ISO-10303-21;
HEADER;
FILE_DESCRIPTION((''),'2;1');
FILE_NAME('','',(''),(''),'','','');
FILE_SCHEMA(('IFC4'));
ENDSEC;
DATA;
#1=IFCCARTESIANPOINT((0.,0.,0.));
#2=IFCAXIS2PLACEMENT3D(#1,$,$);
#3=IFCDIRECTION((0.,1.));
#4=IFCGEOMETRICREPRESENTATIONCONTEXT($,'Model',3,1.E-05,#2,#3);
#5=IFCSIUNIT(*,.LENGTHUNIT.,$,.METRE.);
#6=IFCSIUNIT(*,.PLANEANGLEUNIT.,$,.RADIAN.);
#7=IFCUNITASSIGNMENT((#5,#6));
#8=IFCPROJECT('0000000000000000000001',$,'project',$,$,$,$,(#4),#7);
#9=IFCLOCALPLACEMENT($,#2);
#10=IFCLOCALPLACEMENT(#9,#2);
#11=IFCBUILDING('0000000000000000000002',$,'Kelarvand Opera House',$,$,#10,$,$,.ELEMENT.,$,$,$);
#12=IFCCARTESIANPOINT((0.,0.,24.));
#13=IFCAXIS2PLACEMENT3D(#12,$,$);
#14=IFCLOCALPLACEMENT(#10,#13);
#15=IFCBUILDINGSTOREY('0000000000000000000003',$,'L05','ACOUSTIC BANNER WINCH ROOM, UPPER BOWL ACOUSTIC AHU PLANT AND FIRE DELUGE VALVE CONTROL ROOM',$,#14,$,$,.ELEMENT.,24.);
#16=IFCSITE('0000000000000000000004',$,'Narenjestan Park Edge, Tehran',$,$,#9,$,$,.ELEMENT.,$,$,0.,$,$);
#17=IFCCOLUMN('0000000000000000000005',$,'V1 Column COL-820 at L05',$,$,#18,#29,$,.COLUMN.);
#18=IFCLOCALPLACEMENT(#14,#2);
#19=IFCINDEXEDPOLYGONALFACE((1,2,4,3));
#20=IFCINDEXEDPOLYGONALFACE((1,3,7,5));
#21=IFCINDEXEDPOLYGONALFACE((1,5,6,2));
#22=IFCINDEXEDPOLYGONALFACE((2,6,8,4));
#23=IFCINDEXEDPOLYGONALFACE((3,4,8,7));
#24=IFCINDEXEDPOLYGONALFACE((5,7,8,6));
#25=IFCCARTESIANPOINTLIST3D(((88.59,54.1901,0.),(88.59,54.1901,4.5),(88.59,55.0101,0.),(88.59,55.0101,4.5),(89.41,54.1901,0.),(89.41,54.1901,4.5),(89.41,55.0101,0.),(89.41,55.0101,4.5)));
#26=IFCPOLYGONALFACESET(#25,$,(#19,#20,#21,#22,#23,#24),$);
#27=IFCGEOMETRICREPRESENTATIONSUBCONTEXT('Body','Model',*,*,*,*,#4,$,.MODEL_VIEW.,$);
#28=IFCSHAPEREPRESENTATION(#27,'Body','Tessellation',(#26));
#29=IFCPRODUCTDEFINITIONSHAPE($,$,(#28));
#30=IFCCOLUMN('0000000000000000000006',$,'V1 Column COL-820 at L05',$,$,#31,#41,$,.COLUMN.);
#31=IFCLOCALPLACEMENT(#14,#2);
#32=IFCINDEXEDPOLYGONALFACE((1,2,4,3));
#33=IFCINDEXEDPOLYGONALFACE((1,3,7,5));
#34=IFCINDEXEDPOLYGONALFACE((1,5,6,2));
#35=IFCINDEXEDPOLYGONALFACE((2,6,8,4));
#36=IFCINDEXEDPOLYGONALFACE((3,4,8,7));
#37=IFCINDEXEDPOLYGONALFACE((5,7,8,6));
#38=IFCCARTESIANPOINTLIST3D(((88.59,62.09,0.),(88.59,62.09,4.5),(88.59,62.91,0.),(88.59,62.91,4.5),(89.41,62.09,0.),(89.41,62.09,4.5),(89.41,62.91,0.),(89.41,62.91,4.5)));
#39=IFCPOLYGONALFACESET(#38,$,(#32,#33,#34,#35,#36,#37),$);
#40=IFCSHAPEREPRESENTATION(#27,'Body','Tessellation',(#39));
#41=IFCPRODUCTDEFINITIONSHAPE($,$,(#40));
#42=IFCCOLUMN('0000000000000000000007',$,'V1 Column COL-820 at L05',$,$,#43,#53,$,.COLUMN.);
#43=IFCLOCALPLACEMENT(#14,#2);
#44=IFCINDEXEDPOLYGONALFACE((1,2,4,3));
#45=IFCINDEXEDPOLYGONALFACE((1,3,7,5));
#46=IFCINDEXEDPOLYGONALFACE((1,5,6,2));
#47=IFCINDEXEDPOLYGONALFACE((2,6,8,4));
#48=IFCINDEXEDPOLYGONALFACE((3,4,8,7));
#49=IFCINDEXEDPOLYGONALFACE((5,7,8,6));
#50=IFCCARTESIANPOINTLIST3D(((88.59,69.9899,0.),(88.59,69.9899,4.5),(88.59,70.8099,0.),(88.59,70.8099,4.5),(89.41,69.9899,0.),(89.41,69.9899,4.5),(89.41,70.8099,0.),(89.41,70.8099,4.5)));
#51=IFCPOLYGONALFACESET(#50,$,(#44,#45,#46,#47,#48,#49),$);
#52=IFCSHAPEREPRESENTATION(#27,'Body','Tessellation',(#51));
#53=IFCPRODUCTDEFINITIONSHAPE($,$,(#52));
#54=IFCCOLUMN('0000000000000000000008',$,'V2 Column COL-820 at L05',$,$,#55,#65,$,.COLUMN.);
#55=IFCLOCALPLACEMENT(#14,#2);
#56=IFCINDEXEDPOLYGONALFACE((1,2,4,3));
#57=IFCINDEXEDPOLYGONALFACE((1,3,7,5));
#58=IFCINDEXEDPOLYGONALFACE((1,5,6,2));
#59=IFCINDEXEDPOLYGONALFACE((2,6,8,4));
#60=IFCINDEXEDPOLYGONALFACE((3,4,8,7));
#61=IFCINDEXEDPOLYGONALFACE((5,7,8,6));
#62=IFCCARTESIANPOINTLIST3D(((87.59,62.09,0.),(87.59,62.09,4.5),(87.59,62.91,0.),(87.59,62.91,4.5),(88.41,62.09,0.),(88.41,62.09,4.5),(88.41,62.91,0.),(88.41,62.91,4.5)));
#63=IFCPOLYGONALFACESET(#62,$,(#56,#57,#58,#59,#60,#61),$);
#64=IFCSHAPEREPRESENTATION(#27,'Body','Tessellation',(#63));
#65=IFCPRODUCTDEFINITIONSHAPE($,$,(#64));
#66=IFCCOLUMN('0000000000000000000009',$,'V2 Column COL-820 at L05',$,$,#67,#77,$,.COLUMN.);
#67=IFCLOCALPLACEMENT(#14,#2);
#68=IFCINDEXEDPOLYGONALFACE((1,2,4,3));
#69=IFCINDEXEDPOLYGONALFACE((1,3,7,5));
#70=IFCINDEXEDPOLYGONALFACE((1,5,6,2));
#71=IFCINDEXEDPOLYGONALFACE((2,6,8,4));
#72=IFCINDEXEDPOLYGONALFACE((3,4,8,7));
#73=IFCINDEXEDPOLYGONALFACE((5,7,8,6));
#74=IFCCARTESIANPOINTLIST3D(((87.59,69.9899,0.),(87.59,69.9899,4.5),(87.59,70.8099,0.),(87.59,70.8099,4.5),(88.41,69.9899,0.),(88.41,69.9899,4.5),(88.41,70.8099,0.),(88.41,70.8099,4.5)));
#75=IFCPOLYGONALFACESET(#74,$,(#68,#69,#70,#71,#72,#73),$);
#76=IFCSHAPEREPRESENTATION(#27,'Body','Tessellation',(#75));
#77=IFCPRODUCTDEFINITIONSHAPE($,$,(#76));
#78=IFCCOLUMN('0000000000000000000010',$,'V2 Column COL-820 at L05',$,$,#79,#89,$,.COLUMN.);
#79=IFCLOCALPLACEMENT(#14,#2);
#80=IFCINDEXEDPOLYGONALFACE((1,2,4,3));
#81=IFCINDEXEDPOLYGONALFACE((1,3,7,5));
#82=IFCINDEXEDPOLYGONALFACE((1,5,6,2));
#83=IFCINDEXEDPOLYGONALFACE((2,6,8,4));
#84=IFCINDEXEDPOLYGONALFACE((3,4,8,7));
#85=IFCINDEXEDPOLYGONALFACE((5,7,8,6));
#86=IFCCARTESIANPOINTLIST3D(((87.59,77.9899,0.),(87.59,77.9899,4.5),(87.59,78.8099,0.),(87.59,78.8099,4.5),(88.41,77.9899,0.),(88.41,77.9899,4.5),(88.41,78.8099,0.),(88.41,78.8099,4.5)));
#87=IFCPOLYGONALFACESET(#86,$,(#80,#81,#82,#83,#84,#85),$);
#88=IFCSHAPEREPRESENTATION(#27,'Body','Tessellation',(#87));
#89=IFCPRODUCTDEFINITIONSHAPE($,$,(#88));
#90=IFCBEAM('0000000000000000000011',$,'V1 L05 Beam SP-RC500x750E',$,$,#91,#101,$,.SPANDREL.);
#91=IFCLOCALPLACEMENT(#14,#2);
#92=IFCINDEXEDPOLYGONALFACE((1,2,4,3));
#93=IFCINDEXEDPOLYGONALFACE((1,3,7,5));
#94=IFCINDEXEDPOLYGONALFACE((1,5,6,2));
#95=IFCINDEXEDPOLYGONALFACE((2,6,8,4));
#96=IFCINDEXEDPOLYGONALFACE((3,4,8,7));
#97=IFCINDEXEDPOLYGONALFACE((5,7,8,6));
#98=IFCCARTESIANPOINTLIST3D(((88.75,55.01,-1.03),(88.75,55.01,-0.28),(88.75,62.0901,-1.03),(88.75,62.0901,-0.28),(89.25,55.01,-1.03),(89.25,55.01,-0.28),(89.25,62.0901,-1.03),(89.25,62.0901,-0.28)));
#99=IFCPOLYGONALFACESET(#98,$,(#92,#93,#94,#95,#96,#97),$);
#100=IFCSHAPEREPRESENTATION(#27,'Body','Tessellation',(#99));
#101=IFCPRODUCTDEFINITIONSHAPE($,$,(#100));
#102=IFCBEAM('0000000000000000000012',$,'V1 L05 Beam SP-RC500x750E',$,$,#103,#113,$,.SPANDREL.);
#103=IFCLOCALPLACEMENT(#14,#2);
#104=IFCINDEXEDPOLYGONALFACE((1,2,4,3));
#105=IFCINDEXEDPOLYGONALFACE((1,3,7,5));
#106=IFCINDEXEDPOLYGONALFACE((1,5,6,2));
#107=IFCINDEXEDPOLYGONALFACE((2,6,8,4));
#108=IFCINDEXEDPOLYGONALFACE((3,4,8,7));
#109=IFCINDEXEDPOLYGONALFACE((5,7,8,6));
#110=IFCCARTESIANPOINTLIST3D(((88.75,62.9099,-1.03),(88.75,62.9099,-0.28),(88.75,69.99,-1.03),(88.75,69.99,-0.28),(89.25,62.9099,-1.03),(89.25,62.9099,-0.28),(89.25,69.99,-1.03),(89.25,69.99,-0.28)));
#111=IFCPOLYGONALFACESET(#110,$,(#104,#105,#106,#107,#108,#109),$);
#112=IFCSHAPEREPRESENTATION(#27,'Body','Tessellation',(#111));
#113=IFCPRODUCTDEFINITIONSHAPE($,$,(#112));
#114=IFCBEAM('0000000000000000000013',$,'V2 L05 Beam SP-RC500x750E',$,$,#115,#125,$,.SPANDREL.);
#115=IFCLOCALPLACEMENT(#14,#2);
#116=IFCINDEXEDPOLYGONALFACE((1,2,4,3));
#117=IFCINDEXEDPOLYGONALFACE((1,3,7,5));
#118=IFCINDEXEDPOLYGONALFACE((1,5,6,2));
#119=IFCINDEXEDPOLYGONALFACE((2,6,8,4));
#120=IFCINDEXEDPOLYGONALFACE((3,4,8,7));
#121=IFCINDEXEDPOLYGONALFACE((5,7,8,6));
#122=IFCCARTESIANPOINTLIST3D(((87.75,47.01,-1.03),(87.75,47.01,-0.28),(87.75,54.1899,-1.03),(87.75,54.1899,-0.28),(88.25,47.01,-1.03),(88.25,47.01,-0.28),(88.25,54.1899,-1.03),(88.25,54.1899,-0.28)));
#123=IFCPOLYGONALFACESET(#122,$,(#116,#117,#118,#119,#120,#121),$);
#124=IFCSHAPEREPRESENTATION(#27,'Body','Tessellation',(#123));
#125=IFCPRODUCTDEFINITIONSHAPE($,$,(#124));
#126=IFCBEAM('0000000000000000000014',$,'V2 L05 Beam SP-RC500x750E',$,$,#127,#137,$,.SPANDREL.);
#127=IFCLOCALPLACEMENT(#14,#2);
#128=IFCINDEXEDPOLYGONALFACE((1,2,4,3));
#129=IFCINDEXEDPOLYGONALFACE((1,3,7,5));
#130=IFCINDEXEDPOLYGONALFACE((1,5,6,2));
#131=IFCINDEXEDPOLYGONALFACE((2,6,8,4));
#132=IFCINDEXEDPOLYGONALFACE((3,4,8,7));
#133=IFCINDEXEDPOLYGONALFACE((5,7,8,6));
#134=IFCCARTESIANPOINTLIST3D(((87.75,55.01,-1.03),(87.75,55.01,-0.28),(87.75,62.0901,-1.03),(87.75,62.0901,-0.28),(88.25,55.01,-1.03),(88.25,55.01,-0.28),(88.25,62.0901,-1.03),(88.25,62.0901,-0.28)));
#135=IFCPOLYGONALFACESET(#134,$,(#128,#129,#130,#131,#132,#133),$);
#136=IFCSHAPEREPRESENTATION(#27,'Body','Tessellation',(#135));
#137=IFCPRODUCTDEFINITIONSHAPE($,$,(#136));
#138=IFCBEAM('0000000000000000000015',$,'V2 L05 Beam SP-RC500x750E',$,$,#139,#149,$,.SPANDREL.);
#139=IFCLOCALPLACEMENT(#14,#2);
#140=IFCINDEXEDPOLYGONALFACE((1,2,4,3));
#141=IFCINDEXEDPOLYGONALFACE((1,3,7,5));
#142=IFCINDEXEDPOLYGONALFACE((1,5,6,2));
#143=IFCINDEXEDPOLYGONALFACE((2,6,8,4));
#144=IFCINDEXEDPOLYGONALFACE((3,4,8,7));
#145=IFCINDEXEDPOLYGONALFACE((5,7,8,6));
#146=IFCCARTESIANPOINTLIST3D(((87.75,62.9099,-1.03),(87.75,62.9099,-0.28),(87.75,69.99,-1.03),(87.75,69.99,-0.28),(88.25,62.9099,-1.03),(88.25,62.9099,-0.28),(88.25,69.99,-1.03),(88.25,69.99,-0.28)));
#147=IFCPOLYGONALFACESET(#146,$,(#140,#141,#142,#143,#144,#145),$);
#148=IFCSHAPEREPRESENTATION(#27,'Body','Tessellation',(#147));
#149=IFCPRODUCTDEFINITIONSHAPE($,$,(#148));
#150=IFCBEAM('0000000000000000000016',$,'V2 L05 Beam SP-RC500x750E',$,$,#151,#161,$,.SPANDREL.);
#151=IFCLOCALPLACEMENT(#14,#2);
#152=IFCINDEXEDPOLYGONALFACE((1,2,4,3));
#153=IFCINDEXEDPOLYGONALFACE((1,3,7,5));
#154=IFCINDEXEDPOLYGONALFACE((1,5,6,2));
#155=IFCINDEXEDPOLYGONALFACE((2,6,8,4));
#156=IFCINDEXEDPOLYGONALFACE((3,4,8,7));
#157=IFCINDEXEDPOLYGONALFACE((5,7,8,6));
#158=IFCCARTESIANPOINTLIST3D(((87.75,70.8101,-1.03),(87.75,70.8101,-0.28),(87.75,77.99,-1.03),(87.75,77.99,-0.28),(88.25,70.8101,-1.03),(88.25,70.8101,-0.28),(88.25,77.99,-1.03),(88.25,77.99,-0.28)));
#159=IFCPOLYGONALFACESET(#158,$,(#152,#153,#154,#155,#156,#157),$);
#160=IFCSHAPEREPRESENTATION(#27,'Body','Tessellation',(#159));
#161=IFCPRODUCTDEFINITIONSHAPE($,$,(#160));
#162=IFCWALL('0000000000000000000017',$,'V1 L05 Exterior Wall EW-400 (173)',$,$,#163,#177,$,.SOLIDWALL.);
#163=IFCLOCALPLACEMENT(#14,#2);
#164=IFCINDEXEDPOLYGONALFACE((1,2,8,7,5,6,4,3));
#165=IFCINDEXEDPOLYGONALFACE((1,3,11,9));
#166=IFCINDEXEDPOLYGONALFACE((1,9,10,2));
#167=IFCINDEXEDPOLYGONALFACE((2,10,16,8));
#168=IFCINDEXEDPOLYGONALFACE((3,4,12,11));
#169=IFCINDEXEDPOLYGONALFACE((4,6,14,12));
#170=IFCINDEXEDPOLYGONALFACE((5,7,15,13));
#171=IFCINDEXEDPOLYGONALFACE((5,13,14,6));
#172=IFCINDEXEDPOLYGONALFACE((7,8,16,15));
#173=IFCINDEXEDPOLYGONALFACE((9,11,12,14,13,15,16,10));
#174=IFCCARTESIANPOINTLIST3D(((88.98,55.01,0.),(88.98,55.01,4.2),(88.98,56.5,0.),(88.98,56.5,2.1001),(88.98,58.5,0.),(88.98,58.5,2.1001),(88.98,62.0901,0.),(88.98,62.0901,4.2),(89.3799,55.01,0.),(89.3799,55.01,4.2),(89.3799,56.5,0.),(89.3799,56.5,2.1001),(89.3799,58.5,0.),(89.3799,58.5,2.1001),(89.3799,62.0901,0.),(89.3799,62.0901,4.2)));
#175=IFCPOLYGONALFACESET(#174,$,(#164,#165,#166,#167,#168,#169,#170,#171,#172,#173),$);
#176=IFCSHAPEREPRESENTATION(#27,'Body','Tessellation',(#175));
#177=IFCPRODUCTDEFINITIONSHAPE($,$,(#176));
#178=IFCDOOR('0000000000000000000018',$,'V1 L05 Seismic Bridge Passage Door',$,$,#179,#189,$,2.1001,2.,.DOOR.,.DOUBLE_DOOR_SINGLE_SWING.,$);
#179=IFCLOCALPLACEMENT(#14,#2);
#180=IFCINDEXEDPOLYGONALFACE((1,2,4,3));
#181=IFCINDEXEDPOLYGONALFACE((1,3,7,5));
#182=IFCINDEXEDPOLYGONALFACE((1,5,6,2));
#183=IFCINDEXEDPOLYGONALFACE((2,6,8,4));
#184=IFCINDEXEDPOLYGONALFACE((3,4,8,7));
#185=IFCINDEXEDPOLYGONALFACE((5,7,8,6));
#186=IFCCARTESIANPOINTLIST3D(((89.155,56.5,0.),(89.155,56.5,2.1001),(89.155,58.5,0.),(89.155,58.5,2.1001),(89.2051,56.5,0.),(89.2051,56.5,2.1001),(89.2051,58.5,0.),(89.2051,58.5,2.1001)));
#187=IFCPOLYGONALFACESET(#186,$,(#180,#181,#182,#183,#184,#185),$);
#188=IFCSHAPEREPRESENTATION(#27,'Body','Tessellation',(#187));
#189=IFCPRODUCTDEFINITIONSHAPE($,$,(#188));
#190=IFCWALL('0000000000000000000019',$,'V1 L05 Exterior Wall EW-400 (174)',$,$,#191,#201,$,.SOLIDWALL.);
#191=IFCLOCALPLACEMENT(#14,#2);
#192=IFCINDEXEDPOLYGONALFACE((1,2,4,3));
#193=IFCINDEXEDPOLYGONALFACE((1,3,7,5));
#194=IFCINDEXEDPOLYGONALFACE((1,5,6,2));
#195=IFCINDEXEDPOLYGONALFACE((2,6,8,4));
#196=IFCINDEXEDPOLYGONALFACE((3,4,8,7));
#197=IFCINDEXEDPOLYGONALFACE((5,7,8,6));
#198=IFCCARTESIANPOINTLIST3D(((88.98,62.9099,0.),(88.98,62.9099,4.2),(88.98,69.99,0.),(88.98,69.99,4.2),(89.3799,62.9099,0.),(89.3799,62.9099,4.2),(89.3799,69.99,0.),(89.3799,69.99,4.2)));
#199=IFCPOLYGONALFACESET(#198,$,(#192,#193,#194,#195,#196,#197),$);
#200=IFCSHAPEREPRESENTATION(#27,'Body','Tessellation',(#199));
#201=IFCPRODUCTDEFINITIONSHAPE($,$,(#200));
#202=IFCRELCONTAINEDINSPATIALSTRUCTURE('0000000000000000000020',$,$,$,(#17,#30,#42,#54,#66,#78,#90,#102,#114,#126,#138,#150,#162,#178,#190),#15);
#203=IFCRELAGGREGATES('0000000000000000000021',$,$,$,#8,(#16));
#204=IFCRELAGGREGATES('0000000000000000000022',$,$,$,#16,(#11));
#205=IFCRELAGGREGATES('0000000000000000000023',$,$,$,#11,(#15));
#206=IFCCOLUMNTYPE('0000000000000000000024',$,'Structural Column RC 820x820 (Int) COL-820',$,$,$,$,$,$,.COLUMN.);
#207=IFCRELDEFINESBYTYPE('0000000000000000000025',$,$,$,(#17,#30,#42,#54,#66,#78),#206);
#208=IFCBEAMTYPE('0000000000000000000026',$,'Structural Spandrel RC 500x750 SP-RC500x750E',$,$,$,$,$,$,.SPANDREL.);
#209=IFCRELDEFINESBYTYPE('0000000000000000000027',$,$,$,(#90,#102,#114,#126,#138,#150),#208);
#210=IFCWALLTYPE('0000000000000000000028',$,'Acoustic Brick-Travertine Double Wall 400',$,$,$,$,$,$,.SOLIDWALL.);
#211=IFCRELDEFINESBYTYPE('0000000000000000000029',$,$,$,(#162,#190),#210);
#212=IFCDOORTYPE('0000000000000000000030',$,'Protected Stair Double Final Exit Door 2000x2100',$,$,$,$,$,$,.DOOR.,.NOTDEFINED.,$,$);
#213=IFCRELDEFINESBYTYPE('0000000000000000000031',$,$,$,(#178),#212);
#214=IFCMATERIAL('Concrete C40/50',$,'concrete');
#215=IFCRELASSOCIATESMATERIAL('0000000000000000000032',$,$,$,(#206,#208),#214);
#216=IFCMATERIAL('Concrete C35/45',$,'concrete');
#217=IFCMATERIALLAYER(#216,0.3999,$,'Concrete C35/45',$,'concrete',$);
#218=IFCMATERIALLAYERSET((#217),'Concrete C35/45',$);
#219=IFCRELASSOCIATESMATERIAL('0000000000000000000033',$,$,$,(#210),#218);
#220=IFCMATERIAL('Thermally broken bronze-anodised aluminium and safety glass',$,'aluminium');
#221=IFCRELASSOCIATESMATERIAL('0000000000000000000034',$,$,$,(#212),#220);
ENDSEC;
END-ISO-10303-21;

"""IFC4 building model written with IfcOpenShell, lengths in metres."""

from ifc_helpers import new_model, si_unit, direction, frame, frame_2d, origin, origin_2d, place, context, subcontext, project, spatial, rectangle, extrude, material, layer, layer_set, material_profile, profile_set, type_object, element, fill, save


model = new_model("IFC4")

# Units and contexts
model_context = context("Model", 3, precision=1e-05, world=origin(), true_north=direction((0.0, 1.0)))
body_context = subcontext(model_context, "Body", "Model", "MODEL_VIEW")
ifc_project = project(units=[si_unit("LENGTHUNIT", "METRE"), si_unit("PLANEANGLEUNIT", "RADIAN")], contexts=[model_context])

# Site, building, storey
site_placement = place(None, origin())
site = spatial("IfcSite", under=ifc_project, at=site_placement, Name="Narenjestan Park Edge, Tehran", CompositionType="ELEMENT", RefElevation=0.0)
building_placement = place(site_placement, origin())
building = spatial("IfcBuilding", under=site, at=building_placement, Name="Kelarvand Opera House", CompositionType="ELEMENT")
storey_placement = place(building_placement, frame((0.0, 0.0, 24.0)))
storey = spatial("IfcBuildingStorey", under=building, at=storey_placement, Name="L05", Description="ACOUSTIC BANNER WINCH ROOM, UPPER BOWL ACOUSTIC AHU PLANT AND FIRE DELUGE VALVE CONTROL ROOM", CompositionType="ELEMENT", Elevation=24.0)

# Columns
ifc_material_1 = material(Name="Concrete C40/50", Category="concrete")
ifc_material_profile_1 = material_profile(ifc_material_1, rectangle(XDim=0.8201, YDim=0.8201, at=origin_2d()), Name="RC 820x820", Category="concrete")
ifc_profile_set_1 = profile_set([ifc_material_profile_1], Name="Concrete C40/50")
column_type = type_object("IfcColumnType", Name="Structural Column RC 820x820 (Int) COL-820", PredefinedType="COLUMN", material=ifc_profile_set_1)
for number, where, z_axis, x_axis, name in (
    (1, (89.0, 54.6001, 0.0), (0.0, 0.0, 1.0), (1.0, 0.0, 0.0), "V1 Column COL-820 at L05"),
    (2, (89.0, 62.5, 0.0), (0.0, 0.0, 1.0), (1.0, 0.0, 0.0), "V1 Column COL-820 at L05"),
    (3, (89.0, 70.3999, 0.0), (0.0, 0.0, 1.0), (1.0, 0.0, 0.0), "V1 Column COL-820 at L05"),
    (4, (88.0, 62.5, 0.0), (0.0, 0.0, 1.0), (1.0, 0.0, 0.0), "V2 Column COL-820 at L05"),
    (5, (88.0, 70.3999, 0.0), (0.0, 0.0, 1.0), (1.0, 0.0, 0.0), "V2 Column COL-820 at L05"),
    (6, (88.0, 78.3999, 0.0), (0.0, 0.0, 1.0), (1.0, 0.0, 0.0), "V2 Column COL-820 at L05"),
):
    element("IfcColumn", number, at=place(storey_placement, frame(where, z_axis=z_axis, x_axis=x_axis)), inside=storey, type_object=column_type, Name=name, PredefinedType="COLUMN", context=body_context, shape_type="SweptSolid", body=[
        extrude(rectangle(XDim=0.8201, YDim=0.8201, at=origin_2d()), origin(), (0.0, 0.0, 1.0), 4.5),
    ])

# Beams
ifc_material_profile_2 = material_profile(ifc_material_1, rectangle(XDim=0.5, YDim=0.75, at=origin_2d()), Name="RC 500x750", Category="concrete")
ifc_profile_set_2 = profile_set([ifc_material_profile_2], Name="Concrete C40/50")
beam_type = type_object("IfcBeamType", Name="Structural Spandrel RC 500x750 SP-RC500x750E", PredefinedType="SPANDREL", material=ifc_profile_set_2)
for number, where, z_axis, x_axis, name in (
    (7, (89.0, 55.01, -0.655), (0.0, 1.0, 0.0), (-1.0, 0.0, 0.0), "V1 L05 Beam SP-RC500x750E"),
    (8, (89.0, 62.9099, -0.655), (0.0, 1.0, 0.0), (-1.0, 0.0, 0.0), "V1 L05 Beam SP-RC500x750E"),
):
    element("IfcBeam", number, at=place(storey_placement, frame(where, z_axis=z_axis, x_axis=x_axis)), inside=storey, type_object=beam_type, Name=name, PredefinedType="SPANDREL", context=body_context, shape_type="SweptSolid", body=[
        extrude(rectangle(XDim=0.5, YDim=0.75, at=origin_2d()), origin(), (0.0, 0.0, 1.0), 7.0801),
    ])
beam_1_placement = place(storey_placement, frame((88.0, 47.01, -0.655), z_axis=(0.0, 1.0, 0.0), x_axis=(-1.0, 0.0, 0.0)))
element("IfcBeam", 9, at=beam_1_placement, inside=storey, type_object=beam_type, Name="V2 L05 Beam SP-RC500x750E", PredefinedType="SPANDREL", context=body_context, shape_type="SweptSolid", body=[
    extrude(rectangle(XDim=0.5, YDim=0.75, at=origin_2d()), origin(), (0.0, 0.0, 1.0), 7.1799),
])
for number, where, z_axis, x_axis, name in (
    (10, (88.0, 55.01, -0.655), (0.0, 1.0, 0.0), (-1.0, 0.0, 0.0), "V2 L05 Beam SP-RC500x750E"),
    (11, (88.0, 62.9099, -0.655), (0.0, 1.0, 0.0), (-1.0, 0.0, 0.0), "V2 L05 Beam SP-RC500x750E"),
):
    element("IfcBeam", number, at=place(storey_placement, frame(where, z_axis=z_axis, x_axis=x_axis)), inside=storey, type_object=beam_type, Name=name, PredefinedType="SPANDREL", context=body_context, shape_type="SweptSolid", body=[
        extrude(rectangle(XDim=0.5, YDim=0.75, at=origin_2d()), origin(), (0.0, 0.0, 1.0), 7.0801),
    ])
beam_2_placement = place(storey_placement, frame((88.0, 70.8101, -0.655), z_axis=(0.0, 1.0, 0.0), x_axis=(-1.0, 0.0, 0.0)))
element("IfcBeam", 12, at=beam_2_placement, inside=storey, type_object=beam_type, Name="V2 L05 Beam SP-RC500x750E", PredefinedType="SPANDREL", context=body_context, shape_type="SweptSolid", body=[
    extrude(rectangle(XDim=0.5, YDim=0.75, at=origin_2d()), origin(), (0.0, 0.0, 1.0), 7.1799),
])

# Wall, opening, door
ifc_material_2 = material(Name="Concrete C35/45", Category="concrete")
ifc_layer = layer(ifc_material_2, 0.3999, Name="Concrete C35/45", Category="concrete")
ifc_layer_set = layer_set([ifc_layer], Name="Concrete C35/45")
wall_type = type_object("IfcWallType", Name="Acoustic Brick-Travertine Double Wall 400", PredefinedType="SOLIDWALL", material=ifc_layer_set)
wall_1_placement = place(storey_placement, frame((89.1799, 55.01, 0.0), z_axis=(0.0, 0.0, 1.0), x_axis=(0.0, 1.0, 0.0)))
wall_1 = element("IfcWall", 13, at=wall_1_placement, inside=storey, type_object=wall_type, Name="V1 L05 Exterior Wall EW-400 (173)", PredefinedType="SOLIDWALL", context=body_context, shape_type="SweptSolid", body=[
    extrude(rectangle(XDim=7.0801, YDim=0.3999, at=frame_2d((3.54, 0.0))), origin(), (0.0, 0.0, 1.0), 4.2),
])
opening_placement = place(wall_1_placement, frame((1.49, 0.0, 0.0)))
opening = element("IfcOpeningElement", 14, at=opening_placement, cuts=wall_1, PredefinedType="OPENING", context=body_context, shape_type="SweptSolid", body=[
    extrude(rectangle(XDim=2.0, YDim=2.1001, at=frame_2d((1.0, 1.05))), frame((0.0, 0.21, 0.0), z_axis=(0.0, -1.0, 0.0), x_axis=(1.0, 0.0, 0.0)), (0.0, 0.0, 1.0), 0.4199),
])
ifc_material_3 = material(Name="Thermally broken bronze-anodised aluminium and safety glass", Category="aluminium")
door_type = type_object("IfcDoorType", Name="Protected Stair Double Final Exit Door 2000x2100", OperationType="NOTDEFINED", PredefinedType="DOOR", material=ifc_material_3)
door_placement = place(opening_placement, origin())
door = element("IfcDoor", 15, at=door_placement, inside=storey, type_object=door_type, Name="V1 L05 Seismic Bridge Passage Door", OperationType="DOUBLE_DOOR_SINGLE_SWING", OverallHeight=2.1001, OverallWidth=2.0, PredefinedType="DOOR", context=body_context, shape_type="SweptSolid", body=[
    extrude(rectangle(XDim=2.0, YDim=2.1001, at=frame_2d((1.0, 1.05))), frame((0.0, 0.0249, 0.0), z_axis=(0.0, -1.0, 0.0), x_axis=(1.0, 0.0, 0.0)), (0.0, 0.0, 1.0), 0.05),
])
fill(opening, door)

# Wall
wall_2_placement = place(storey_placement, frame((89.1799, 62.9099, 0.0), z_axis=(0.0, 0.0, 1.0), x_axis=(0.0, 1.0, 0.0)))
element("IfcWall", 16, at=wall_2_placement, inside=storey, type_object=wall_type, Name="V1 L05 Exterior Wall EW-400 (174)", PredefinedType="SOLIDWALL", context=body_context, shape_type="SweptSolid", body=[
    extrude(rectangle(XDim=7.0801, YDim=0.3999, at=frame_2d((3.54, 0.0))), origin(), (0.0, 0.0, 1.0), 4.2),
])

save(model, "model.ifc")
